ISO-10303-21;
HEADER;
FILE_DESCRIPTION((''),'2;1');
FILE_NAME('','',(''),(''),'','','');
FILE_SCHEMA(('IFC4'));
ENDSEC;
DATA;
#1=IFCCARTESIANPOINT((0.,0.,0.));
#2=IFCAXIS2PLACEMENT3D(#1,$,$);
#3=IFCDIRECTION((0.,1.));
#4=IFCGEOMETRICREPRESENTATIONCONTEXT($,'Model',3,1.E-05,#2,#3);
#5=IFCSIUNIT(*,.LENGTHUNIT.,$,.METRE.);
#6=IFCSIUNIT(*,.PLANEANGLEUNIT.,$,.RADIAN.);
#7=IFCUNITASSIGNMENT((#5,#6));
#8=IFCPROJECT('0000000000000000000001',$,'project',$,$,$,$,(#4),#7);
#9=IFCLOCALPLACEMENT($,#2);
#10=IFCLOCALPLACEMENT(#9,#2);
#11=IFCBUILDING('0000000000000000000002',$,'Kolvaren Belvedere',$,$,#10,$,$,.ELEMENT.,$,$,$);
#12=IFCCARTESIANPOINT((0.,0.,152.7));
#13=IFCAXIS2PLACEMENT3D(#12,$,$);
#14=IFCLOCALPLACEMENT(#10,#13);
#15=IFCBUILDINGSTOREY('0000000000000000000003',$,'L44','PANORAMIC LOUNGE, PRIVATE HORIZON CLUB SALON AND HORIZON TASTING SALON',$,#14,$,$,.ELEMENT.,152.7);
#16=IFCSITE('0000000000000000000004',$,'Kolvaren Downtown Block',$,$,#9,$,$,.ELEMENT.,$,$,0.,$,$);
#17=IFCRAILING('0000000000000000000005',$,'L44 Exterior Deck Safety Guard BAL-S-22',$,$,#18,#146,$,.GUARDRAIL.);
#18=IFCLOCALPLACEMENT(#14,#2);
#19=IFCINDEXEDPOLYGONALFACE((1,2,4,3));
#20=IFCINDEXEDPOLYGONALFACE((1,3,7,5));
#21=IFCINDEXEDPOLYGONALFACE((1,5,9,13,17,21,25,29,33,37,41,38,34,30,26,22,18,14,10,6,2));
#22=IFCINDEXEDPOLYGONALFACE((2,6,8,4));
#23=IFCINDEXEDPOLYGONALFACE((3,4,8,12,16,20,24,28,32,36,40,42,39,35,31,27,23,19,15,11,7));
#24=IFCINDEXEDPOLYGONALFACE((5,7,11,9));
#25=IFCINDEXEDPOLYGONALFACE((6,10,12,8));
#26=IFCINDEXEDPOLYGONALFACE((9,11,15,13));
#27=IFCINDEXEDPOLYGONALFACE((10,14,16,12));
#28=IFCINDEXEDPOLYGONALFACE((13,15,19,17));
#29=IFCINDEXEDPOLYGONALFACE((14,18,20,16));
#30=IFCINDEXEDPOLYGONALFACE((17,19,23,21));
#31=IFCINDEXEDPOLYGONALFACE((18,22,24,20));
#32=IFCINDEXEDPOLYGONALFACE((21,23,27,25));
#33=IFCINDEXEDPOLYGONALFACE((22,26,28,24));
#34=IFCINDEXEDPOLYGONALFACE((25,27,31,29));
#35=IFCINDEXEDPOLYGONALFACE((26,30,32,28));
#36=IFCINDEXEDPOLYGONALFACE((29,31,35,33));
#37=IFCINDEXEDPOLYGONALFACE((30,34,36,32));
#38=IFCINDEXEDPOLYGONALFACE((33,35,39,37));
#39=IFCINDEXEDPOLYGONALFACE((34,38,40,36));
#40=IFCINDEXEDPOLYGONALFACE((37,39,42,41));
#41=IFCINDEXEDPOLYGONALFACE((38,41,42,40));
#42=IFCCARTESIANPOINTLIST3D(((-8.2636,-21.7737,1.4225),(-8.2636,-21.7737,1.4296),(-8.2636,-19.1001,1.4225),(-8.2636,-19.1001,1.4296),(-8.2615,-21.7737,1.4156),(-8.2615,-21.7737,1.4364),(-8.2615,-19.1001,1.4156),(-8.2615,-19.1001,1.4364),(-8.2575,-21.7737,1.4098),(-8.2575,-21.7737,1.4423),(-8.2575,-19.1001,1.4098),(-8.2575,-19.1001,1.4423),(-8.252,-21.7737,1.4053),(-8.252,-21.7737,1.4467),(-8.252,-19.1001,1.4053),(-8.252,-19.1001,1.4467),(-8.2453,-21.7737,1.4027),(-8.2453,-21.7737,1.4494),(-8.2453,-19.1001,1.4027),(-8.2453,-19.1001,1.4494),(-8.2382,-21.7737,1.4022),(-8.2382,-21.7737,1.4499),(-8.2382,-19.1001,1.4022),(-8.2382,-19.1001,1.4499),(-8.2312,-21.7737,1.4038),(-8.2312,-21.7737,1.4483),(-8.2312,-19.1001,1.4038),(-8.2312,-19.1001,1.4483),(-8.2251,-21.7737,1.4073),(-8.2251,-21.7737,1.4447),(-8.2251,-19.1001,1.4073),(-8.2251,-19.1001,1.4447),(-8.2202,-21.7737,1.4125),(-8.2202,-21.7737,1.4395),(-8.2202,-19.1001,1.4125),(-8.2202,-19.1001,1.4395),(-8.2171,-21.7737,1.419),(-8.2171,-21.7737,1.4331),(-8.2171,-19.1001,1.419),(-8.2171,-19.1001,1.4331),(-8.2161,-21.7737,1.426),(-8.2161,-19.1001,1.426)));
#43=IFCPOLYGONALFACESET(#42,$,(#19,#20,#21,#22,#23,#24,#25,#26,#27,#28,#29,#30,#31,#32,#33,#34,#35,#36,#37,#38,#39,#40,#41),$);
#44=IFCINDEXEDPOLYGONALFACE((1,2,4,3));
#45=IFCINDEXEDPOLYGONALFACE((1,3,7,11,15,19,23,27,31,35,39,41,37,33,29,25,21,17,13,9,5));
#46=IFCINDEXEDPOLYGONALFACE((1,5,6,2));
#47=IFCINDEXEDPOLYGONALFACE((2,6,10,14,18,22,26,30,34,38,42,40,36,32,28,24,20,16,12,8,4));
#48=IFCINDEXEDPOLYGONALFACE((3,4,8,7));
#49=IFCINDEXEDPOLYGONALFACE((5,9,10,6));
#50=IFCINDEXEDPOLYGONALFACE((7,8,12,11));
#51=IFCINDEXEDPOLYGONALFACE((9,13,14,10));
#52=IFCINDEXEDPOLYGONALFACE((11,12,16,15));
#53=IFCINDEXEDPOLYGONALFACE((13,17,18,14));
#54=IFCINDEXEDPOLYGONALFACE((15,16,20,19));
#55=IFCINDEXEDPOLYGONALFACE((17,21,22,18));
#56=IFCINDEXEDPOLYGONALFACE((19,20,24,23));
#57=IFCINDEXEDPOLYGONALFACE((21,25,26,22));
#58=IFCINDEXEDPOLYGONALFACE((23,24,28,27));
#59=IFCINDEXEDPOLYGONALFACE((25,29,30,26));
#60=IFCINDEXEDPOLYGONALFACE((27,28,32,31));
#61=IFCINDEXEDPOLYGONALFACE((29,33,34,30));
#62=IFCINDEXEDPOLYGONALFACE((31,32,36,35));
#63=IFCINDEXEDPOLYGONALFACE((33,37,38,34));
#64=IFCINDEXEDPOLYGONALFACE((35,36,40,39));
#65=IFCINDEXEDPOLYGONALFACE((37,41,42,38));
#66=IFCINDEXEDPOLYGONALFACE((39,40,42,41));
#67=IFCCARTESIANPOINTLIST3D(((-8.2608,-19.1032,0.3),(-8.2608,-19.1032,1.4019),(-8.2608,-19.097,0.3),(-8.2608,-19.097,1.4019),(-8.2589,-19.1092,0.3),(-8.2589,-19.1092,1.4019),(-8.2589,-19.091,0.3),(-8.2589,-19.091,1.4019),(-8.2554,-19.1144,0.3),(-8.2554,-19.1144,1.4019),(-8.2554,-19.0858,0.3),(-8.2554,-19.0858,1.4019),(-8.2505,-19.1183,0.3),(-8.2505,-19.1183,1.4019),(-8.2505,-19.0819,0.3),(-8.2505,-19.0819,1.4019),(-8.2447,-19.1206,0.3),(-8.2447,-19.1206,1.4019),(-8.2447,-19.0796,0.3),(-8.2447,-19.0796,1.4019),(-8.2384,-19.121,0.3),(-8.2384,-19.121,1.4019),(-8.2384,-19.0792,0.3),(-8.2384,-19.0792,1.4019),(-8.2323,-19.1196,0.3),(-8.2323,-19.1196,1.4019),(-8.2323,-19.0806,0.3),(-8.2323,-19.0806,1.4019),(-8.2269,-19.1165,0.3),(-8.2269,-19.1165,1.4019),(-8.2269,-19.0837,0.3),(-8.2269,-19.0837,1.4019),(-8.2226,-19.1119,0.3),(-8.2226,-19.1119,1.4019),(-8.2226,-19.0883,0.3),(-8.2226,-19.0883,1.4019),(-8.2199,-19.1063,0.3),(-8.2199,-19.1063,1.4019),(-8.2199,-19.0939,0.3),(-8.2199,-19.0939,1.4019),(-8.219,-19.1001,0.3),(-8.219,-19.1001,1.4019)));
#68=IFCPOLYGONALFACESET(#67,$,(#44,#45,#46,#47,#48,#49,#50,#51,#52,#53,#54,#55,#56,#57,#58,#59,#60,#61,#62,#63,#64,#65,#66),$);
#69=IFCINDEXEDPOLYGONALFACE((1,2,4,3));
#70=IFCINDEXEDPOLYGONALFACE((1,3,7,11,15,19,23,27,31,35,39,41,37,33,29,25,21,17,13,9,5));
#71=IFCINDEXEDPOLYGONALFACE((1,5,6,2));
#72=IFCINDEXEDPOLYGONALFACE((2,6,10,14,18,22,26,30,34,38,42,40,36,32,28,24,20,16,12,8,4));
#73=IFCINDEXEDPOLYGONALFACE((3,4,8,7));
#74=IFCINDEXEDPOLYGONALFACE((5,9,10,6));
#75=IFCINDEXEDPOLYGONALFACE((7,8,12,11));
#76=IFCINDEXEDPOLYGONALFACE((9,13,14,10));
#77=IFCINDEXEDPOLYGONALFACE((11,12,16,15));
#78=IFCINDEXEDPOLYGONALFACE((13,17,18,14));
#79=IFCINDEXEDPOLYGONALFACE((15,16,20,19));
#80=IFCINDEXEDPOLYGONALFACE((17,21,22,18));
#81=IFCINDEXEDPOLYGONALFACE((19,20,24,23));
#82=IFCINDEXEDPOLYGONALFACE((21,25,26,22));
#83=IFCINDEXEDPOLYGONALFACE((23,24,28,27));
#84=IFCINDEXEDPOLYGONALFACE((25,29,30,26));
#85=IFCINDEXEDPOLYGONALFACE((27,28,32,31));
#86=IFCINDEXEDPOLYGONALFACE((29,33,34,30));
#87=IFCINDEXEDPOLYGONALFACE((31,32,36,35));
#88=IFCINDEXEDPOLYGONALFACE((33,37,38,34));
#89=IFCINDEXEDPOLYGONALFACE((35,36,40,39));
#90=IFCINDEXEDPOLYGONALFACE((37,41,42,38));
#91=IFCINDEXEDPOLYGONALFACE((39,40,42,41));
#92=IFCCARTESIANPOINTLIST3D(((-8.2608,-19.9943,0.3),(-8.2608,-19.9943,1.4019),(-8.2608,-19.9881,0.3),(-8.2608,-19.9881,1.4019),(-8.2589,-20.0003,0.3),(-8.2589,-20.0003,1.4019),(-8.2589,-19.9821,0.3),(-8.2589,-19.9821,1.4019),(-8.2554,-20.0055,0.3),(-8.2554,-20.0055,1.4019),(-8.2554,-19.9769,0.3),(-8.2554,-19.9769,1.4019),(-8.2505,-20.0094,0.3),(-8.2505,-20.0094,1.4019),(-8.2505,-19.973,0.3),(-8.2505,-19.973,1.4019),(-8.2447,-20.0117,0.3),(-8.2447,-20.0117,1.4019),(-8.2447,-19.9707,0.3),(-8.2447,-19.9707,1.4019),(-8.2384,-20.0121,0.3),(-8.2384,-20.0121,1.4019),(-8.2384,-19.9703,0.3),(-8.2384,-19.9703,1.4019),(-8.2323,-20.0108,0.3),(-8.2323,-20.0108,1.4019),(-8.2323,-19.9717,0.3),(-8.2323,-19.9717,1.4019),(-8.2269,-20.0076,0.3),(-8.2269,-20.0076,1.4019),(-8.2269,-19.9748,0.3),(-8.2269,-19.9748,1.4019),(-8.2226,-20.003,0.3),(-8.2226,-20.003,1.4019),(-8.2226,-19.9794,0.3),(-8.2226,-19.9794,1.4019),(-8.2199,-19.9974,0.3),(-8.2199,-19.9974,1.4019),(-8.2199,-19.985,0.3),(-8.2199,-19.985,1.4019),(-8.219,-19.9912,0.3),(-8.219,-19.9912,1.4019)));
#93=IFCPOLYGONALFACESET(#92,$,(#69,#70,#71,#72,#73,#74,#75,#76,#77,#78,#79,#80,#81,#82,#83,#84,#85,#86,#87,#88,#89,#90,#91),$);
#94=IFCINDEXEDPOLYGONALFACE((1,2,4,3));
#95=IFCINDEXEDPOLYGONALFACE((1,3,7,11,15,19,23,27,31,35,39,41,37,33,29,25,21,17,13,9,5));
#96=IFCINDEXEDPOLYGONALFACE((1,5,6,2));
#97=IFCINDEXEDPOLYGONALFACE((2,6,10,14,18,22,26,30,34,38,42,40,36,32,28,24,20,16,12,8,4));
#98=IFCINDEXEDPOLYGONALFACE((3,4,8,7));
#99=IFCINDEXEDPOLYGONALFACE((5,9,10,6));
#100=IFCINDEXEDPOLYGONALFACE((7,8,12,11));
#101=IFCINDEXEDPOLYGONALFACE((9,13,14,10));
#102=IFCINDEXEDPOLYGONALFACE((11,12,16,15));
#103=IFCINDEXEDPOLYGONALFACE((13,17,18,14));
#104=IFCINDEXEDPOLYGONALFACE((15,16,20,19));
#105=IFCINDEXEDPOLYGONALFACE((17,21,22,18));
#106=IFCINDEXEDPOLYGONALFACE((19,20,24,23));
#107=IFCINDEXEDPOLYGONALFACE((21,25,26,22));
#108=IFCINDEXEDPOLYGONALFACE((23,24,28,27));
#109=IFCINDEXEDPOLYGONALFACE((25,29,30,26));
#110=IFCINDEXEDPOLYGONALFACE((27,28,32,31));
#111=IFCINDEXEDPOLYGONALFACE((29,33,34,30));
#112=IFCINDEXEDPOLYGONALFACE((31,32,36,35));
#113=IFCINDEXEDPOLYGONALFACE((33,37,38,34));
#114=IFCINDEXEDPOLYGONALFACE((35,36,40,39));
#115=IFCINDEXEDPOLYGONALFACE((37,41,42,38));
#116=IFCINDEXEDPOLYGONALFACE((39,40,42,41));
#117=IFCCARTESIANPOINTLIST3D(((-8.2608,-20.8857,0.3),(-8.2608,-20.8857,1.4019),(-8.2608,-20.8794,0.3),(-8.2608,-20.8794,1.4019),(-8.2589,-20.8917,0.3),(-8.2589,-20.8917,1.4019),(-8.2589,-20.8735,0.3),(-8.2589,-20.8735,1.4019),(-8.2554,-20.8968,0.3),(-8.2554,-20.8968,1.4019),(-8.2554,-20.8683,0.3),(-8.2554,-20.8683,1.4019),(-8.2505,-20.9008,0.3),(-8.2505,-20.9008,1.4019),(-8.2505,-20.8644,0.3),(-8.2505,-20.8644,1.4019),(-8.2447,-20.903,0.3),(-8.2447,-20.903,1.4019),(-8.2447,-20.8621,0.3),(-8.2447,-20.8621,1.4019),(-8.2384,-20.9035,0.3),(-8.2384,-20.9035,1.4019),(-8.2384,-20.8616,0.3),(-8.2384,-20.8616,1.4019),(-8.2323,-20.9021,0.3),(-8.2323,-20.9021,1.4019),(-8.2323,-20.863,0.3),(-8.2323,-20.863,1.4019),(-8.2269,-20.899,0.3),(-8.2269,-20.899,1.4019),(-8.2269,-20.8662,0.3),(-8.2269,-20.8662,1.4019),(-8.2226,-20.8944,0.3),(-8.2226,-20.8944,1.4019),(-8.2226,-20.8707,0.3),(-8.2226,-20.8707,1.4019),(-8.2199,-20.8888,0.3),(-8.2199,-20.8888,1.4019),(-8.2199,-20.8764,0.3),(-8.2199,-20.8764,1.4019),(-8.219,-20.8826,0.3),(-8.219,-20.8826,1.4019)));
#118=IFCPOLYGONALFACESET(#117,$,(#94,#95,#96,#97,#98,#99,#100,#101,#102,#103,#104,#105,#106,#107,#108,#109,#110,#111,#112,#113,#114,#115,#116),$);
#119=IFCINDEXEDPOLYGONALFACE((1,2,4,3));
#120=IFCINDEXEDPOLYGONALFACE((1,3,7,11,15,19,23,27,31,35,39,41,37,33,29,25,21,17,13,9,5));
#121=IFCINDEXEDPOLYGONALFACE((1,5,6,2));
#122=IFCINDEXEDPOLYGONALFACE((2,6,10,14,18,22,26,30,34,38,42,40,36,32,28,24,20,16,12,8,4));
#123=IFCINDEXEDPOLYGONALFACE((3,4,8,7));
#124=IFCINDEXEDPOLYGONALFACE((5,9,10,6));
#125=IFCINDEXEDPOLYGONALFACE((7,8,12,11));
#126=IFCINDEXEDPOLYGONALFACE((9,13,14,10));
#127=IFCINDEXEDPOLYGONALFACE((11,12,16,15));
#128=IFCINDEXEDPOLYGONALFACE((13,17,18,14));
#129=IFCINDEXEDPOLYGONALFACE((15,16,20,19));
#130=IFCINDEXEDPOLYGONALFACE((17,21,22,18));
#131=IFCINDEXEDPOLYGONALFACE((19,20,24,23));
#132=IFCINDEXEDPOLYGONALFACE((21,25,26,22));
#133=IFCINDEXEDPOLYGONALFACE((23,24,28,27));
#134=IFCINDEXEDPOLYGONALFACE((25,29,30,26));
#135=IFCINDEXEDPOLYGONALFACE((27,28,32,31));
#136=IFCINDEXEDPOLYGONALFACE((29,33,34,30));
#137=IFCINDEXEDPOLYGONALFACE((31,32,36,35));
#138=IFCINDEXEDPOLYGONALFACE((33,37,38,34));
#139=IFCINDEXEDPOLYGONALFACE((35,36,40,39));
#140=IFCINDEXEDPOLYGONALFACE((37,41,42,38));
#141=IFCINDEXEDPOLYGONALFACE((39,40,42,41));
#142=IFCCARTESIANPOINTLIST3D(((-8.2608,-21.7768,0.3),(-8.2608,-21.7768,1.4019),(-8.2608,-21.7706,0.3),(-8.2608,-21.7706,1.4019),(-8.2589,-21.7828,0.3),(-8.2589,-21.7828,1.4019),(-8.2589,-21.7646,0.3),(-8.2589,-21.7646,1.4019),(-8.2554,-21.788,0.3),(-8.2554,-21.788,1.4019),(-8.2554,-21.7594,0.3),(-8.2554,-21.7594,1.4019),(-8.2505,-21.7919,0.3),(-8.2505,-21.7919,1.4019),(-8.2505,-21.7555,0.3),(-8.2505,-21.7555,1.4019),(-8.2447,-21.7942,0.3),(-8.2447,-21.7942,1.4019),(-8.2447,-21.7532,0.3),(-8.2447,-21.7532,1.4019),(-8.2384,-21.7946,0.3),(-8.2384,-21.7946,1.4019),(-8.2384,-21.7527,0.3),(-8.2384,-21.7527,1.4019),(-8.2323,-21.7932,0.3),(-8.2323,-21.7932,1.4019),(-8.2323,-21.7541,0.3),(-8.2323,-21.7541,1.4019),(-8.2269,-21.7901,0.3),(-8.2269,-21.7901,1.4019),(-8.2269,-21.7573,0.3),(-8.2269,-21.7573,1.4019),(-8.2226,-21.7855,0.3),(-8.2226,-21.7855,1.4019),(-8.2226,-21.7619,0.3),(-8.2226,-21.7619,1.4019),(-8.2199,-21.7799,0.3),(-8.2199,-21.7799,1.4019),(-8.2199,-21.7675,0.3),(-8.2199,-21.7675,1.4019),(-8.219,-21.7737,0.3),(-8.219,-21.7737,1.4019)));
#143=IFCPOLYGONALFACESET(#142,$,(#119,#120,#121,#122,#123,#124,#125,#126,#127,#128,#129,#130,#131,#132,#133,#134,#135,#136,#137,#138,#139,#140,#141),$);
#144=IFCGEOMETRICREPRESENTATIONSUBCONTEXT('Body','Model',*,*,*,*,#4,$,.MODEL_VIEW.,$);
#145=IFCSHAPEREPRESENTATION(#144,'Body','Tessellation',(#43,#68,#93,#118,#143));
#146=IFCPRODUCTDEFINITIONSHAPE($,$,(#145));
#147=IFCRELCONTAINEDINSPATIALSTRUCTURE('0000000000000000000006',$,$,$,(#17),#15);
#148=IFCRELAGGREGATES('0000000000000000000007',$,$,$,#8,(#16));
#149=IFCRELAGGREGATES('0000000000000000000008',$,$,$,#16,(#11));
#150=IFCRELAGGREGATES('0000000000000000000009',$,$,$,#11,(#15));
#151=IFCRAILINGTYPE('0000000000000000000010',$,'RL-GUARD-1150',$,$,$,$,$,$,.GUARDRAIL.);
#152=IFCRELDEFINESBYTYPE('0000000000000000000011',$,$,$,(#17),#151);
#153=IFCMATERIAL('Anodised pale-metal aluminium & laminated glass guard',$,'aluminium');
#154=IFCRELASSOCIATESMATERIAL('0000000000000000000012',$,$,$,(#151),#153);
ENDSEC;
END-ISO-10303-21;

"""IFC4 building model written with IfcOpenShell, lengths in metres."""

from ifc_helpers import new_model, si_unit, direction, frame, origin, origin_2d, place, context, subcontext, project, spatial, circle, extrude, material, type_object, element, save


model = new_model("IFC4")

# Units and contexts
model_context = context("Model", 3, precision=1e-05, world=origin(), true_north=direction((0.0, 1.0)))
body_context = subcontext(model_context, "Body", "Model", "MODEL_VIEW")
ifc_project = project(units=[si_unit("LENGTHUNIT", "METRE"), si_unit("PLANEANGLEUNIT", "RADIAN")], contexts=[model_context])

# Site, building, storey
site_placement = place(None, origin())
site = spatial("IfcSite", under=ifc_project, at=site_placement, Name="Kolvaren Downtown Block", CompositionType="ELEMENT", RefElevation=0.0)
building_placement = place(site_placement, origin())
building = spatial("IfcBuilding", under=site, at=building_placement, Name="Kolvaren Belvedere", CompositionType="ELEMENT")
storey_placement = place(building_placement, frame((0.0, 0.0, 152.7)))
storey = spatial("IfcBuildingStorey", under=building, at=storey_placement, Name="L44", Description="PANORAMIC LOUNGE, PRIVATE HORIZON CLUB SALON AND HORIZON TASTING SALON", CompositionType="ELEMENT", Elevation=152.7)

# Railing
ifc_material_1 = material(Name="Anodised pale-metal aluminium & laminated glass guard", Category="aluminium")
railing_type = type_object("IfcRailingType", Name="RL-GUARD-1150", PredefinedType="GUARDRAIL", material=ifc_material_1)
railing_1_placement = place(storey_placement, frame((-8.24, -19.1001, 0.3)))
element("IfcRailing", 1, at=railing_1_placement, inside=storey, type_object=railing_type, Name="L44 Exterior Deck Safety Guard BAL-S-22", PredefinedType="GUARDRAIL", context=body_context, shape_type="SweptSolid", body=[
    extrude(circle(Radius=0.0239, at=origin_2d()), frame((0.0, 0.0, 1.126), z_axis=(0.0, -1.0, 0.0), x_axis=(1.0, 0.0, 0.0)), (0.0, 0.0, 1.0), 2.6736),
    extrude(circle(Radius=0.021, at=origin_2d()), origin(), (0.0, 0.0, 1.0), 1.1018),
    extrude(circle(Radius=0.021, at=origin_2d()), frame((0.0, -0.8911, 0.0)), (0.0, 0.0, 1.0), 1.1018),
    extrude(circle(Radius=0.021, at=origin_2d()), frame((0.0, -1.7825, 0.0)), (0.0, 0.0, 1.0), 1.1018),
    extrude(circle(Radius=0.021, at=origin_2d()), frame((0.0, -2.6736, 0.0)), (0.0, 0.0, 1.0), 1.1018),
])

save(model, "model.ifc")
